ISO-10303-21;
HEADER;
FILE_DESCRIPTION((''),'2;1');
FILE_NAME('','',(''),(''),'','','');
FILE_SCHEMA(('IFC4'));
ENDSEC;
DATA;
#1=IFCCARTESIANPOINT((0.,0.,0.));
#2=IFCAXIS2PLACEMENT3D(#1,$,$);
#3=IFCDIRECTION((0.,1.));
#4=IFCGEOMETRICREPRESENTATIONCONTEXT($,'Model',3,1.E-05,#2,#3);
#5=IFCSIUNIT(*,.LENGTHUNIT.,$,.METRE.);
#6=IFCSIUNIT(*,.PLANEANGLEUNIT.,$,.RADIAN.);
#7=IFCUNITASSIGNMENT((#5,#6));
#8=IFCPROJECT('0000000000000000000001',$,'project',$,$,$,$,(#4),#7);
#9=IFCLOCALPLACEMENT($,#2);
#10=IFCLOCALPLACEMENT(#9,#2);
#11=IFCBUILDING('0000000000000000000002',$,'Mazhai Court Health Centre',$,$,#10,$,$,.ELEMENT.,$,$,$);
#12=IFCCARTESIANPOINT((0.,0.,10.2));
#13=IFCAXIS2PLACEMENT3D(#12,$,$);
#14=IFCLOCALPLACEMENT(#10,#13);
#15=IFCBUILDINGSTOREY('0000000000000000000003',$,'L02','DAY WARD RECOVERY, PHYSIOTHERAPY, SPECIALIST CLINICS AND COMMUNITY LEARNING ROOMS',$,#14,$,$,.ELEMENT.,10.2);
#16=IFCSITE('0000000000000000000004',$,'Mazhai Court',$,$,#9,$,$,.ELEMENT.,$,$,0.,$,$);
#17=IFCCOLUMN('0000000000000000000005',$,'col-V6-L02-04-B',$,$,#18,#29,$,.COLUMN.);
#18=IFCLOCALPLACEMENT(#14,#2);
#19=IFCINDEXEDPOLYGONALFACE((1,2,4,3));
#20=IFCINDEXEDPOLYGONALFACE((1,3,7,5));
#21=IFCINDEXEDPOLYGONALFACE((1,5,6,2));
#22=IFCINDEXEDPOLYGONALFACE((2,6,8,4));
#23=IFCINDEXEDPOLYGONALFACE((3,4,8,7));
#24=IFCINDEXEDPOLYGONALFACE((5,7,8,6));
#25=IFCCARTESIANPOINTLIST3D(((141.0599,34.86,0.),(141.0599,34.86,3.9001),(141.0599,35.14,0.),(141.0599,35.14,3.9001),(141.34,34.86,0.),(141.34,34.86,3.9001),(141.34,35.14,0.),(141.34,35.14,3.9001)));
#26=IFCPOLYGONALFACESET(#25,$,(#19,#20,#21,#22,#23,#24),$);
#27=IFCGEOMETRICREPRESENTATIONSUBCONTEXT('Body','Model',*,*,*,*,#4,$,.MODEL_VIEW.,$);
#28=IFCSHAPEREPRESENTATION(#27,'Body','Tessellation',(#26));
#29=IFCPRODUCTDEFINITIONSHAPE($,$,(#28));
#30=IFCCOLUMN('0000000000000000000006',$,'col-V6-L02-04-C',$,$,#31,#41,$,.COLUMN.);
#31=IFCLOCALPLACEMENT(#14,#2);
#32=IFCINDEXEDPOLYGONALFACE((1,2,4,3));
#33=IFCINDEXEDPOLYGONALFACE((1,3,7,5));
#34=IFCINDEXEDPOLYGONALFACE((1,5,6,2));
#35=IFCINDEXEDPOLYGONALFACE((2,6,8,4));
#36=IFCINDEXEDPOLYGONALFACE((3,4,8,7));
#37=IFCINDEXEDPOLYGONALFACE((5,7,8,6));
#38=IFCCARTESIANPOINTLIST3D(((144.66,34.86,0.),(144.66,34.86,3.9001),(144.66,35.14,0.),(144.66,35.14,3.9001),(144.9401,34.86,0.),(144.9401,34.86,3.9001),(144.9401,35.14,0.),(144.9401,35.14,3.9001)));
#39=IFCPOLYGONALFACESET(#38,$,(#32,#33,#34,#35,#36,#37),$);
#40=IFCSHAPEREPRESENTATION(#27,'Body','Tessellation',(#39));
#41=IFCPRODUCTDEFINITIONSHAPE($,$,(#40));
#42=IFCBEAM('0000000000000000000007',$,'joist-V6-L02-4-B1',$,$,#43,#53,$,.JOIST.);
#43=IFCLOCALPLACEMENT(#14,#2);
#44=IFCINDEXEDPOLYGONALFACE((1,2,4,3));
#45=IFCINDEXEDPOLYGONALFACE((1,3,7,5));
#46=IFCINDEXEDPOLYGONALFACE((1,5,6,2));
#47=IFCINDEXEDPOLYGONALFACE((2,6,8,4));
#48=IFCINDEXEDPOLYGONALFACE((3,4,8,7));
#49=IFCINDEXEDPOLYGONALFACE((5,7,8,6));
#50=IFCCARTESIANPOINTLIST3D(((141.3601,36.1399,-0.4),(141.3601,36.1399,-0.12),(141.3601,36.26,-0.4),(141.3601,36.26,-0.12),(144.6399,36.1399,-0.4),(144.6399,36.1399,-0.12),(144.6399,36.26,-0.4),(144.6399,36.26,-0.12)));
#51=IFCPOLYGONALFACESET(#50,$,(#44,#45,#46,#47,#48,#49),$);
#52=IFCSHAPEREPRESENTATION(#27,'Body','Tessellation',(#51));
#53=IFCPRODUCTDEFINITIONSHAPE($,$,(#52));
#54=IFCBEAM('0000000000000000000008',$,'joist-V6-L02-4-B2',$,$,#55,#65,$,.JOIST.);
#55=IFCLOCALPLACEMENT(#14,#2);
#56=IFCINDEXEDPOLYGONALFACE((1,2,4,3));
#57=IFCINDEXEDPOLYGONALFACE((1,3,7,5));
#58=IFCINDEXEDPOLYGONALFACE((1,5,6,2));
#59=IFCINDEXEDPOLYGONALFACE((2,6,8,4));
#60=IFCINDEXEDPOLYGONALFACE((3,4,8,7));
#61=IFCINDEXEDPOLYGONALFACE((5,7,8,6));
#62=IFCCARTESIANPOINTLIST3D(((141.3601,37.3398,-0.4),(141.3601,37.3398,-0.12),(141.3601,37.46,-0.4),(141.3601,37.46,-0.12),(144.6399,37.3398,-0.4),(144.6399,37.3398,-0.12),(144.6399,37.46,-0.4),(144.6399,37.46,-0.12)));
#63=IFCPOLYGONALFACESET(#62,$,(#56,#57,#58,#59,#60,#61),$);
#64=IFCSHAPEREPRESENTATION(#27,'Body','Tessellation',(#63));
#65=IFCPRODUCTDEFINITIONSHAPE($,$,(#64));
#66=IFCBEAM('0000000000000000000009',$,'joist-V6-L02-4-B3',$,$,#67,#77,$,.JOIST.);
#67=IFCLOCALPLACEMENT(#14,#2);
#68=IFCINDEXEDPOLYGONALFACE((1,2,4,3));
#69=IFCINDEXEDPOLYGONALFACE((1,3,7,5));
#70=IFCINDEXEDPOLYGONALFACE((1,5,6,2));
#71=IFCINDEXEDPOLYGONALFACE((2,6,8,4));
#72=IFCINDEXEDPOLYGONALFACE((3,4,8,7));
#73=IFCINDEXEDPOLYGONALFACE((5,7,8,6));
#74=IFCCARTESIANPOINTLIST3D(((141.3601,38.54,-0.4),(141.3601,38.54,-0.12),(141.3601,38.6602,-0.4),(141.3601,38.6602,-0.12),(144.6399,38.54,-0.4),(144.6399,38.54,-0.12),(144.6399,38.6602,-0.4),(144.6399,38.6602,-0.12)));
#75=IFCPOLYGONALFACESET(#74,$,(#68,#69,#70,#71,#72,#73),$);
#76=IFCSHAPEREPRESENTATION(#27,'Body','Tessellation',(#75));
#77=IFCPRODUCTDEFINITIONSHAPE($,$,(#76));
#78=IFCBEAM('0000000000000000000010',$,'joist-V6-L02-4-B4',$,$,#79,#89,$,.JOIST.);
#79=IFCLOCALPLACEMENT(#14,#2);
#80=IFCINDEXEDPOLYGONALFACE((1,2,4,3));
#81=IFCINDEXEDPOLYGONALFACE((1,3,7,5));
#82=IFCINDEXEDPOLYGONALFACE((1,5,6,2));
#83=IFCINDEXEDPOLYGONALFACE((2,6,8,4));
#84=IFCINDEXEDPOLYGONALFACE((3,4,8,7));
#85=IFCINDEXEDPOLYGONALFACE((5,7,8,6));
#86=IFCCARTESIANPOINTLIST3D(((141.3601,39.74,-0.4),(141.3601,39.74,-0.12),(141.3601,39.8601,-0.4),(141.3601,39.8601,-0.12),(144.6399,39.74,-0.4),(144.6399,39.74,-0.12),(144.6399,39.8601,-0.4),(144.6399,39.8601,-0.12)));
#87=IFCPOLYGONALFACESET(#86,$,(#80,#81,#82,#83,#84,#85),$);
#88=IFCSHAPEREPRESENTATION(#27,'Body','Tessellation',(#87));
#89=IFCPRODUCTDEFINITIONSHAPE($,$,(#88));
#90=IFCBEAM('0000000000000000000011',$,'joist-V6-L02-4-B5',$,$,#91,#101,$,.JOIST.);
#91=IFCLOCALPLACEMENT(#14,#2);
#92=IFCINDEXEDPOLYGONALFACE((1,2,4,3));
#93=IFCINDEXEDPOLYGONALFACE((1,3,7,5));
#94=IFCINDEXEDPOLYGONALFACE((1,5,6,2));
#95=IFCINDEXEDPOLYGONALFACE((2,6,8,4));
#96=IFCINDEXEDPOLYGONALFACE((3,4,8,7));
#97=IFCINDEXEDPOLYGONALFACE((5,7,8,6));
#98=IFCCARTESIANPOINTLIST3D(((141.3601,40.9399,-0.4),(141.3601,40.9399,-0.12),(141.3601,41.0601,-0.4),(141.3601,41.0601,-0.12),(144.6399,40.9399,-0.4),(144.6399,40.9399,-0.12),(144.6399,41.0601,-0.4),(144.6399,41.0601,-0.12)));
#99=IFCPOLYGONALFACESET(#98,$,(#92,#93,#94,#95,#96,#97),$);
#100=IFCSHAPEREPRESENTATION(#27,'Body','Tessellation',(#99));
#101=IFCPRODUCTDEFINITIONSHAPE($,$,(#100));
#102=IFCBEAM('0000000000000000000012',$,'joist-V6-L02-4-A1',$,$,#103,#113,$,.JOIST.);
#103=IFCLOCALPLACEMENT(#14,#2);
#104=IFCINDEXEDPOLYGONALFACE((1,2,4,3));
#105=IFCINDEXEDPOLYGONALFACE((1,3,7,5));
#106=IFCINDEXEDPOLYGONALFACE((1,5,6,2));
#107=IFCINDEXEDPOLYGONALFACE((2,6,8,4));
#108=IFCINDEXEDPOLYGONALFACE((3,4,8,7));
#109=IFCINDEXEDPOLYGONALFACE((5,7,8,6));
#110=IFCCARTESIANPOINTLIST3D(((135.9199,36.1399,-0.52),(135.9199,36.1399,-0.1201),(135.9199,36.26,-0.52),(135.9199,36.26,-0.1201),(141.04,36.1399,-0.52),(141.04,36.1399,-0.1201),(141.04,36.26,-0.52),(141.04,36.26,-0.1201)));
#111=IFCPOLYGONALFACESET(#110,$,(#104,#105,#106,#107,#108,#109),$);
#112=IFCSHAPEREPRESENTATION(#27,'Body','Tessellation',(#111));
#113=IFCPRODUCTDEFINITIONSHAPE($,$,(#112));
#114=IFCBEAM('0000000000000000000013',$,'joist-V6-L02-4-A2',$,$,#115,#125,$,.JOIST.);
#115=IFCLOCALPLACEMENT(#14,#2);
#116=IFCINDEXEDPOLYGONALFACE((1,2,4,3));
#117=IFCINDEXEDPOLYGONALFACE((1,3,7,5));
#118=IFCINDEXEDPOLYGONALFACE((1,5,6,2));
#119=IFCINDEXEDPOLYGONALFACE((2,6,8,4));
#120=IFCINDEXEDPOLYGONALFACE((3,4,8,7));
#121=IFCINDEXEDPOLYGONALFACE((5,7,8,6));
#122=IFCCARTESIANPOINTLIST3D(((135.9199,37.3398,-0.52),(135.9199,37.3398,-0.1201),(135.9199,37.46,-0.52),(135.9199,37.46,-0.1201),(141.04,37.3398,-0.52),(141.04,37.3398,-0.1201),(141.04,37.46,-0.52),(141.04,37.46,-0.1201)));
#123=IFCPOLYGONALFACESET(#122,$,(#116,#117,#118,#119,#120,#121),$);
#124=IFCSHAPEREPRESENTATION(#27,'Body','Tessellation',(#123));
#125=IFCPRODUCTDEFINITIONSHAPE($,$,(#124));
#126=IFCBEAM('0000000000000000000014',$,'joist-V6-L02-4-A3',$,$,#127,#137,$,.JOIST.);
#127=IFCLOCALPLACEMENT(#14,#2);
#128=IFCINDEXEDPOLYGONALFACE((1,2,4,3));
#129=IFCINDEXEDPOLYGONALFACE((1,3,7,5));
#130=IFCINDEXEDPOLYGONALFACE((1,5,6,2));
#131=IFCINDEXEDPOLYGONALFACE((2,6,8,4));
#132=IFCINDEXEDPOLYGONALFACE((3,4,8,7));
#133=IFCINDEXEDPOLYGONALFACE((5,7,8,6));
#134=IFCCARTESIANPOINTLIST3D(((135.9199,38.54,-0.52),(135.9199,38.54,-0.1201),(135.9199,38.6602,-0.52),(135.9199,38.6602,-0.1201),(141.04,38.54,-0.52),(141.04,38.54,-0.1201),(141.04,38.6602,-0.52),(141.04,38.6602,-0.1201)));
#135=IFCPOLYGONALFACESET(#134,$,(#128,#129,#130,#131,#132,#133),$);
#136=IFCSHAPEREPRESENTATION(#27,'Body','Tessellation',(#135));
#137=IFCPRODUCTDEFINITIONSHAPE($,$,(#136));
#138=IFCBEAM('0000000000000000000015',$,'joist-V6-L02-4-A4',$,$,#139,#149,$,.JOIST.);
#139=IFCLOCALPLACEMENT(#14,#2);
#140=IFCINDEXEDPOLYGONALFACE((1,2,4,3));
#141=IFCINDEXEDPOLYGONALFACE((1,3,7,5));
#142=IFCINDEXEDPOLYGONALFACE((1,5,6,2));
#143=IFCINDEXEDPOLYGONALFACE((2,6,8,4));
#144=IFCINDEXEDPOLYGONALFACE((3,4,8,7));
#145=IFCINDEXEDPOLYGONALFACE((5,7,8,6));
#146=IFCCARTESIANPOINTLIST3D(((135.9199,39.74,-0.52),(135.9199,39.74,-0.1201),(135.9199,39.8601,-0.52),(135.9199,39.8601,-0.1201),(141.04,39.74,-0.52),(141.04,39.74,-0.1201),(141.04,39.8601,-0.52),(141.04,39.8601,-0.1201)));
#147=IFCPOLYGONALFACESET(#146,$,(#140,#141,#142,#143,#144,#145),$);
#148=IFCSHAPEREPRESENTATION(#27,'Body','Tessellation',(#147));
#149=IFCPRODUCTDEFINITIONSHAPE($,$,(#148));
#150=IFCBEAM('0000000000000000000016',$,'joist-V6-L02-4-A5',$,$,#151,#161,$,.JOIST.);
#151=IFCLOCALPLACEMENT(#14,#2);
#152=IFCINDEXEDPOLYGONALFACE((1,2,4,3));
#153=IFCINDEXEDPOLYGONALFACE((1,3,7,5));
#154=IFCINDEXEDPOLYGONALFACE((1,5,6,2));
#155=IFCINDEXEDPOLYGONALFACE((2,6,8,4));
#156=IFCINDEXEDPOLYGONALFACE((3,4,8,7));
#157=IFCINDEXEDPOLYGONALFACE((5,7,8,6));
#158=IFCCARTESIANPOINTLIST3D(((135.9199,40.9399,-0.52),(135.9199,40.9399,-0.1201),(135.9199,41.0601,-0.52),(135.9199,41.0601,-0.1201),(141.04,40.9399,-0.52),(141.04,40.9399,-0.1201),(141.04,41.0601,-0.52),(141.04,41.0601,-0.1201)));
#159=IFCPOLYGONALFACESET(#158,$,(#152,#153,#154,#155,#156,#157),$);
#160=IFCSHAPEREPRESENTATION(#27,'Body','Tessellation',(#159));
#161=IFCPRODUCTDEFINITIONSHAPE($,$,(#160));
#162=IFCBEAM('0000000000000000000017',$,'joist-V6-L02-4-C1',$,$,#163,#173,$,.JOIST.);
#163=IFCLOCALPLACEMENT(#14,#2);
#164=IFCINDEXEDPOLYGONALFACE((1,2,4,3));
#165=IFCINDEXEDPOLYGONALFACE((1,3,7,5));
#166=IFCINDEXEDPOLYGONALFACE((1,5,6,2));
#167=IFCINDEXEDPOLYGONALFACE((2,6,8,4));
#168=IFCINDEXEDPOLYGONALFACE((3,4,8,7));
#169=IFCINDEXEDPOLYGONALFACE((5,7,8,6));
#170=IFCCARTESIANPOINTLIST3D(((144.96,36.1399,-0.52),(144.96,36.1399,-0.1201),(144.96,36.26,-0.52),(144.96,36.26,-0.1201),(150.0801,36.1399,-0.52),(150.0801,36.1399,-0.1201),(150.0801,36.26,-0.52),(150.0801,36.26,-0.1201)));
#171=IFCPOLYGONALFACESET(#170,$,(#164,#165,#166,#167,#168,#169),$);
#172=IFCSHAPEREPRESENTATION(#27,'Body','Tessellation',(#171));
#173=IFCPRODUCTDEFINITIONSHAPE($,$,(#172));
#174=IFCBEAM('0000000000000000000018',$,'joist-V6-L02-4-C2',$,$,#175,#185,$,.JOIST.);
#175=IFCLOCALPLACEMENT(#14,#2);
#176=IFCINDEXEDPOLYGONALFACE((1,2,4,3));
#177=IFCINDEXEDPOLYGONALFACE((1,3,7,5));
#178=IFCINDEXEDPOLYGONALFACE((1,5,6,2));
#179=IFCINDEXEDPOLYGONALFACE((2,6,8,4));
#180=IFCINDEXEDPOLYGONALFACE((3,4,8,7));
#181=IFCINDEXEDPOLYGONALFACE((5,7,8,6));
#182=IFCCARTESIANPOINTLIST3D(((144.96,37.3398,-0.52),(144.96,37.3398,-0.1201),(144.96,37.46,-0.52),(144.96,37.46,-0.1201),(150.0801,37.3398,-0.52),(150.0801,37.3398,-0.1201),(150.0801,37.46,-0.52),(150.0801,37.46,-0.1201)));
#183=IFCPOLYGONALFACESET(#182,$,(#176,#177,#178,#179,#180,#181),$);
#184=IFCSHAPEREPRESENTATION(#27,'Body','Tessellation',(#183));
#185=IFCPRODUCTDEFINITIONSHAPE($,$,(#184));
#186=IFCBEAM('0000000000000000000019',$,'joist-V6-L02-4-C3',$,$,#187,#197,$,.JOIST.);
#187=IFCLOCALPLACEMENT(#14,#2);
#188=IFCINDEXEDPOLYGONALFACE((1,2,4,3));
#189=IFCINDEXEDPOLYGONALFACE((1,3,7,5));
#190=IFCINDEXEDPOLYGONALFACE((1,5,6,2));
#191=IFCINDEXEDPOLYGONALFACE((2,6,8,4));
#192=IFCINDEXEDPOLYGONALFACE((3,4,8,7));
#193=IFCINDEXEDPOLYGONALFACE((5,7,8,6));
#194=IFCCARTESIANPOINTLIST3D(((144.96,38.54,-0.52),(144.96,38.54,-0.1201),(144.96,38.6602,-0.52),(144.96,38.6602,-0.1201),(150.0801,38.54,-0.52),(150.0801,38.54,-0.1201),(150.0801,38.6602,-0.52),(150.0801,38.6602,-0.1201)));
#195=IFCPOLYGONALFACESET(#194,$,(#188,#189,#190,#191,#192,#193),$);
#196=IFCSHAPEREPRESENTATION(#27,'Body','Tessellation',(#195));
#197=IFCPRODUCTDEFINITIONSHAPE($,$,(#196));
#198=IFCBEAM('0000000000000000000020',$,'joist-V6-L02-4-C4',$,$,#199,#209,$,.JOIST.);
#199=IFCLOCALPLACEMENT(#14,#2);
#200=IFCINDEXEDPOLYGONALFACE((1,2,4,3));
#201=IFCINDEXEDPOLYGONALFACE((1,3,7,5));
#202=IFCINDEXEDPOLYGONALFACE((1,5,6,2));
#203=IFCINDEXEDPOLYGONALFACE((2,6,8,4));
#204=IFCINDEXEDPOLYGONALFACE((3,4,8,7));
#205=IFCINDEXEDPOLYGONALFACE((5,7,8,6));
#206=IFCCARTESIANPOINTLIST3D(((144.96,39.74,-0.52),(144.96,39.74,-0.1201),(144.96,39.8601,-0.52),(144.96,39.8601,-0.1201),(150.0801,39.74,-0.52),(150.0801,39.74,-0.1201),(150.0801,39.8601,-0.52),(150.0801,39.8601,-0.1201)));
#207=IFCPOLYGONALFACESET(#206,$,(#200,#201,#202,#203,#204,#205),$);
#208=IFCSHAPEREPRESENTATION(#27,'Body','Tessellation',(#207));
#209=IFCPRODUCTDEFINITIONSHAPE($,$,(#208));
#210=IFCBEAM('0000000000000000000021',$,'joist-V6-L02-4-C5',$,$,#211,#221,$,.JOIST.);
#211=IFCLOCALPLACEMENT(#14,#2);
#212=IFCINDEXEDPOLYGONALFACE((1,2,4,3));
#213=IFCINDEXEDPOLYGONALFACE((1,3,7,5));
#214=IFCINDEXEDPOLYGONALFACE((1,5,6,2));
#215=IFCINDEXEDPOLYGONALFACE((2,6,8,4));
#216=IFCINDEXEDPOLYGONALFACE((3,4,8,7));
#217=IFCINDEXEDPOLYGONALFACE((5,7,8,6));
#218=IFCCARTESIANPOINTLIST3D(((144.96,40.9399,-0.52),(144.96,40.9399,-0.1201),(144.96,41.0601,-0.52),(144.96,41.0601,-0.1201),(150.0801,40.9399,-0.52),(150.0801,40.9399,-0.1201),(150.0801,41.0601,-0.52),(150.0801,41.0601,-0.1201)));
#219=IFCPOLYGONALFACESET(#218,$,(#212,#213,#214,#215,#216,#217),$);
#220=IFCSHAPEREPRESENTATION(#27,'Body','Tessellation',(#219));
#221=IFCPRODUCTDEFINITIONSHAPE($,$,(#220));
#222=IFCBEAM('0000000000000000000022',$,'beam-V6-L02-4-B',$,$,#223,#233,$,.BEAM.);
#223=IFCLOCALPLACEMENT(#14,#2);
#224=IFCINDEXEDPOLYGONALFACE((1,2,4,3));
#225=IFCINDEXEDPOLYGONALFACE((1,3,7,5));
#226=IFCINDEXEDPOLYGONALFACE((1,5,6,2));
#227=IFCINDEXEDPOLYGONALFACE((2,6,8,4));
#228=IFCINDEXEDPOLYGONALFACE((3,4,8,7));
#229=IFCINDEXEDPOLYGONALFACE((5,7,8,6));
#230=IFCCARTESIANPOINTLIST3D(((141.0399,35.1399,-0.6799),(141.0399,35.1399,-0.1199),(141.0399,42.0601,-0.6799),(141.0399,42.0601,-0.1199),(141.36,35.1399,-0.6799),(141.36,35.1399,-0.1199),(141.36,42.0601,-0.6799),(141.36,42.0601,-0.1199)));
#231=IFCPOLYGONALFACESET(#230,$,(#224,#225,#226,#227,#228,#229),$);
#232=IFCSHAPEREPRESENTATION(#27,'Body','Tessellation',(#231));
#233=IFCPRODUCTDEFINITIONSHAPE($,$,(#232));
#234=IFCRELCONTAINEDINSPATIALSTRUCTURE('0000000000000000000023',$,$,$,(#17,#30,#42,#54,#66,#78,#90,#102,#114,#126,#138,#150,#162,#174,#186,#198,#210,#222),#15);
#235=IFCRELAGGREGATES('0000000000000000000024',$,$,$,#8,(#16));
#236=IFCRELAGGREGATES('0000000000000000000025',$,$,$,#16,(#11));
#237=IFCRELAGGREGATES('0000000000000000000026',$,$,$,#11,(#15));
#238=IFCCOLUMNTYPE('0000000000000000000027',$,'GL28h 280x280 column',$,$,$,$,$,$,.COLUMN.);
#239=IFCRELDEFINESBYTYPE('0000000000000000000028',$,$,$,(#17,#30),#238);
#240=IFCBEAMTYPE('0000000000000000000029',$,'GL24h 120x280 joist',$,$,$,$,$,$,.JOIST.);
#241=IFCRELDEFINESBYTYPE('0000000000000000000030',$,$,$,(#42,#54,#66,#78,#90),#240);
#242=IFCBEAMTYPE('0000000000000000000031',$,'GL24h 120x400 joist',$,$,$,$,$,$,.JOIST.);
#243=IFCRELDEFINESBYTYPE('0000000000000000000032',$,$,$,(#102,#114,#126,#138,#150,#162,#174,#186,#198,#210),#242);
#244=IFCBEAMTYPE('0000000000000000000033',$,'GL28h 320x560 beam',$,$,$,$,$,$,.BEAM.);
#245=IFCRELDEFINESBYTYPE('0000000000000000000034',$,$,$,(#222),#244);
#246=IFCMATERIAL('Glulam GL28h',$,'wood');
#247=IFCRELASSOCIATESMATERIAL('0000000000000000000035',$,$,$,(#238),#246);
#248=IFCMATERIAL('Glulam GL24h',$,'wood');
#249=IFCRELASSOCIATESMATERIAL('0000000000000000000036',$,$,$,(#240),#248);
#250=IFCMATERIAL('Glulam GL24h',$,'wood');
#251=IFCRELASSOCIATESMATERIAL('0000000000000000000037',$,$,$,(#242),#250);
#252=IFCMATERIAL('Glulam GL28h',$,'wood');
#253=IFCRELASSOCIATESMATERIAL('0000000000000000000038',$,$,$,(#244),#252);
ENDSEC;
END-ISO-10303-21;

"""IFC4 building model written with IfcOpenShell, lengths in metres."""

from ifc_helpers import new_model, si_unit, direction, frame, origin, origin_2d, place, context, subcontext, project, spatial, rectangle, extrude, material, material_profile, profile_set, type_object, element, save


model = new_model("IFC4")

# Units and contexts
model_context = context("Model", 3, precision=1e-05, world=origin(), true_north=direction((0.0, 1.0)))
body_context = subcontext(model_context, "Body", "Model", "MODEL_VIEW")
ifc_project = project(units=[si_unit("LENGTHUNIT", "METRE"), si_unit("PLANEANGLEUNIT", "RADIAN")], contexts=[model_context])

# Site, building, storey
site_placement = place(None, origin())
site = spatial("IfcSite", under=ifc_project, at=site_placement, Name="Mazhai Court", CompositionType="ELEMENT", RefElevation=0.0)
building_placement = place(site_placement, origin())
building = spatial("IfcBuilding", under=site, at=building_placement, Name="Mazhai Court Health Centre", CompositionType="ELEMENT")
storey_placement = place(building_placement, frame((0.0, 0.0, 10.2)))
storey = spatial("IfcBuildingStorey", under=building, at=storey_placement, Name="L02", Description="DAY WARD RECOVERY, PHYSIOTHERAPY, SPECIALIST CLINICS AND COMMUNITY LEARNING ROOMS", CompositionType="ELEMENT", Elevation=10.2)

# Columns
ifc_material_1 = material(Name="Glulam GL28h", Category="wood")
ifc_material_profile_1 = material_profile(ifc_material_1, rectangle(XDim=0.28, YDim=0.28, at=origin_2d()), Name="GL28h 280x280")
ifc_profile_set_1 = profile_set([ifc_material_profile_1], Name="Glulam GL28h")
column_type = type_object("IfcColumnType", Name="GL28h 280x280 column", PredefinedType="COLUMN", material=ifc_profile_set_1)
for number, where, z_axis, x_axis, name in (
    (1, (141.2, 35.0, 0.0), (0.0, 0.0, 1.0), (1.0, 0.0, 0.0), "col-V6-L02-04-B"),
    (2, (144.8, 35.0, 0.0), (0.0, 0.0, 1.0), (1.0, 0.0, 0.0), "col-V6-L02-04-C"),
):
    element("IfcColumn", number, at=place(storey_placement, frame(where, z_axis=z_axis, x_axis=x_axis)), inside=storey, type_object=column_type, Name=name, PredefinedType="COLUMN", context=body_context, shape_type="SweptSolid", body=[
        extrude(rectangle(XDim=0.28, YDim=0.28, at=origin_2d()), origin(), (0.0, 0.0, 1.0), 3.9001),
    ])

# Beams
ifc_material_2 = material(Name="Glulam GL24h", Category="wood")
ifc_material_profile_2 = material_profile(ifc_material_2, rectangle(XDim=0.1201, YDim=0.28, at=origin_2d()), Name="GL24h 120x280")
ifc_profile_set_2 = profile_set([ifc_material_profile_2], Name="Glulam GL24h")
beam_type_1 = type_object("IfcBeamType", Name="GL24h 120x280 joist", PredefinedType="JOIST", material=ifc_profile_set_2)
for number, where, z_axis, x_axis, name in (
    (3, (141.3601, 36.2, -0.26), (1.0, 0.0, 0.0), (0.0, 1.0, 0.0), "joist-V6-L02-4-B1"),
    (4, (141.3601, 37.3999, -0.26), (1.0, 0.0, 0.0), (0.0, 1.0, 0.0), "joist-V6-L02-4-B2"),
    (5, (141.3601, 38.6001, -0.26), (1.0, 0.0, 0.0), (0.0, 1.0, 0.0), "joist-V6-L02-4-B3"),
    (6, (141.3601, 39.8, -0.26), (1.0, 0.0, 0.0), (0.0, 1.0, 0.0), "joist-V6-L02-4-B4"),
    (7, (141.3601, 41.0, -0.26), (1.0, 0.0, 0.0), (0.0, 1.0, 0.0), "joist-V6-L02-4-B5"),
):
    element("IfcBeam", number, at=place(storey_placement, frame(where, z_axis=z_axis, x_axis=x_axis)), inside=storey, type_object=beam_type_1, Name=name, PredefinedType="JOIST", context=body_context, shape_type="SweptSolid", body=[
        extrude(rectangle(XDim=0.1201, YDim=0.28, at=origin_2d()), origin(), (0.0, 0.0, 1.0), 3.2798),
    ])
ifc_material_3 = material(Name="Glulam GL24h", Category="wood")
ifc_material_profile_3 = material_profile(ifc_material_3, rectangle(XDim=0.1201, YDim=0.3999, at=origin_2d()), Name="GL24h 120x400")
ifc_profile_set_3 = profile_set([ifc_material_profile_3], Name="Glulam GL24h")
beam_type_2 = type_object("IfcBeamType", Name="GL24h 120x400 joist", PredefinedType="JOIST", material=ifc_profile_set_3)
for number, where, z_axis, x_axis, name in (
    (8, (135.9199, 36.2, -0.3201), (1.0, 0.0, 0.0), (0.0, 1.0, 0.0), "joist-V6-L02-4-A1"),
    (9, (135.9199, 37.3999, -0.3201), (1.0, 0.0, 0.0), (0.0, 1.0, 0.0), "joist-V6-L02-4-A2"),
    (10, (135.9199, 38.6001, -0.3201), (1.0, 0.0, 0.0), (0.0, 1.0, 0.0), "joist-V6-L02-4-A3"),
    (11, (135.9199, 39.8, -0.3201), (1.0, 0.0, 0.0), (0.0, 1.0, 0.0), "joist-V6-L02-4-A4"),
    (12, (135.9199, 41.0, -0.3201), (1.0, 0.0, 0.0), (0.0, 1.0, 0.0), "joist-V6-L02-4-A5"),
    (13, (144.96, 36.2, -0.3201), (1.0, 0.0, 0.0), (0.0, 1.0, 0.0), "joist-V6-L02-4-C1"),
    (14, (144.96, 37.3999, -0.3201), (1.0, 0.0, 0.0), (0.0, 1.0, 0.0), "joist-V6-L02-4-C2"),
    (15, (144.96, 38.6001, -0.3201), (1.0, 0.0, 0.0), (0.0, 1.0, 0.0), "joist-V6-L02-4-C3"),
    (16, (144.96, 39.8, -0.3201), (1.0, 0.0, 0.0), (0.0, 1.0, 0.0), "joist-V6-L02-4-C4"),
    (17, (144.96, 41.0, -0.3201), (1.0, 0.0, 0.0), (0.0, 1.0, 0.0), "joist-V6-L02-4-C5"),
):
    element("IfcBeam", number, at=place(storey_placement, frame(where, z_axis=z_axis, x_axis=x_axis)), inside=storey, type_object=beam_type_2, Name=name, PredefinedType="JOIST", context=body_context, shape_type="SweptSolid", body=[
        extrude(rectangle(XDim=0.1201, YDim=0.3999, at=origin_2d()), origin(), (0.0, 0.0, 1.0), 5.1201),
    ])
ifc_material_4 = material(Name="Glulam GL28h", Category="wood")
ifc_material_profile_4 = material_profile(ifc_material_4, rectangle(XDim=0.3201, YDim=0.5601, at=origin_2d()), Name="GL28h 320x560")
ifc_profile_set_4 = profile_set([ifc_material_profile_4], Name="Glulam GL28h")
beam_type_3 = type_object("IfcBeamType", Name="GL28h 320x560 beam", PredefinedType="BEAM", material=ifc_profile_set_4)
for number, where, z_axis, x_axis, name in (
    (18, (141.2, 35.1399, -0.3999), (0.0, 1.0, 0.0), (-1.0, 0.0, 0.0), "beam-V6-L02-4-B"),
):
    element("IfcBeam", number, at=place(storey_placement, frame(where, z_axis=z_axis, x_axis=x_axis)), inside=storey, type_object=beam_type_3, Name=name, PredefinedType="BEAM", context=body_context, shape_type="SweptSolid", body=[
        extrude(rectangle(XDim=0.3201, YDim=0.5601, at=origin_2d()), origin(), (0.0, 0.0, 1.0), 6.9202),
    ])

save(model, "model.ifc")
